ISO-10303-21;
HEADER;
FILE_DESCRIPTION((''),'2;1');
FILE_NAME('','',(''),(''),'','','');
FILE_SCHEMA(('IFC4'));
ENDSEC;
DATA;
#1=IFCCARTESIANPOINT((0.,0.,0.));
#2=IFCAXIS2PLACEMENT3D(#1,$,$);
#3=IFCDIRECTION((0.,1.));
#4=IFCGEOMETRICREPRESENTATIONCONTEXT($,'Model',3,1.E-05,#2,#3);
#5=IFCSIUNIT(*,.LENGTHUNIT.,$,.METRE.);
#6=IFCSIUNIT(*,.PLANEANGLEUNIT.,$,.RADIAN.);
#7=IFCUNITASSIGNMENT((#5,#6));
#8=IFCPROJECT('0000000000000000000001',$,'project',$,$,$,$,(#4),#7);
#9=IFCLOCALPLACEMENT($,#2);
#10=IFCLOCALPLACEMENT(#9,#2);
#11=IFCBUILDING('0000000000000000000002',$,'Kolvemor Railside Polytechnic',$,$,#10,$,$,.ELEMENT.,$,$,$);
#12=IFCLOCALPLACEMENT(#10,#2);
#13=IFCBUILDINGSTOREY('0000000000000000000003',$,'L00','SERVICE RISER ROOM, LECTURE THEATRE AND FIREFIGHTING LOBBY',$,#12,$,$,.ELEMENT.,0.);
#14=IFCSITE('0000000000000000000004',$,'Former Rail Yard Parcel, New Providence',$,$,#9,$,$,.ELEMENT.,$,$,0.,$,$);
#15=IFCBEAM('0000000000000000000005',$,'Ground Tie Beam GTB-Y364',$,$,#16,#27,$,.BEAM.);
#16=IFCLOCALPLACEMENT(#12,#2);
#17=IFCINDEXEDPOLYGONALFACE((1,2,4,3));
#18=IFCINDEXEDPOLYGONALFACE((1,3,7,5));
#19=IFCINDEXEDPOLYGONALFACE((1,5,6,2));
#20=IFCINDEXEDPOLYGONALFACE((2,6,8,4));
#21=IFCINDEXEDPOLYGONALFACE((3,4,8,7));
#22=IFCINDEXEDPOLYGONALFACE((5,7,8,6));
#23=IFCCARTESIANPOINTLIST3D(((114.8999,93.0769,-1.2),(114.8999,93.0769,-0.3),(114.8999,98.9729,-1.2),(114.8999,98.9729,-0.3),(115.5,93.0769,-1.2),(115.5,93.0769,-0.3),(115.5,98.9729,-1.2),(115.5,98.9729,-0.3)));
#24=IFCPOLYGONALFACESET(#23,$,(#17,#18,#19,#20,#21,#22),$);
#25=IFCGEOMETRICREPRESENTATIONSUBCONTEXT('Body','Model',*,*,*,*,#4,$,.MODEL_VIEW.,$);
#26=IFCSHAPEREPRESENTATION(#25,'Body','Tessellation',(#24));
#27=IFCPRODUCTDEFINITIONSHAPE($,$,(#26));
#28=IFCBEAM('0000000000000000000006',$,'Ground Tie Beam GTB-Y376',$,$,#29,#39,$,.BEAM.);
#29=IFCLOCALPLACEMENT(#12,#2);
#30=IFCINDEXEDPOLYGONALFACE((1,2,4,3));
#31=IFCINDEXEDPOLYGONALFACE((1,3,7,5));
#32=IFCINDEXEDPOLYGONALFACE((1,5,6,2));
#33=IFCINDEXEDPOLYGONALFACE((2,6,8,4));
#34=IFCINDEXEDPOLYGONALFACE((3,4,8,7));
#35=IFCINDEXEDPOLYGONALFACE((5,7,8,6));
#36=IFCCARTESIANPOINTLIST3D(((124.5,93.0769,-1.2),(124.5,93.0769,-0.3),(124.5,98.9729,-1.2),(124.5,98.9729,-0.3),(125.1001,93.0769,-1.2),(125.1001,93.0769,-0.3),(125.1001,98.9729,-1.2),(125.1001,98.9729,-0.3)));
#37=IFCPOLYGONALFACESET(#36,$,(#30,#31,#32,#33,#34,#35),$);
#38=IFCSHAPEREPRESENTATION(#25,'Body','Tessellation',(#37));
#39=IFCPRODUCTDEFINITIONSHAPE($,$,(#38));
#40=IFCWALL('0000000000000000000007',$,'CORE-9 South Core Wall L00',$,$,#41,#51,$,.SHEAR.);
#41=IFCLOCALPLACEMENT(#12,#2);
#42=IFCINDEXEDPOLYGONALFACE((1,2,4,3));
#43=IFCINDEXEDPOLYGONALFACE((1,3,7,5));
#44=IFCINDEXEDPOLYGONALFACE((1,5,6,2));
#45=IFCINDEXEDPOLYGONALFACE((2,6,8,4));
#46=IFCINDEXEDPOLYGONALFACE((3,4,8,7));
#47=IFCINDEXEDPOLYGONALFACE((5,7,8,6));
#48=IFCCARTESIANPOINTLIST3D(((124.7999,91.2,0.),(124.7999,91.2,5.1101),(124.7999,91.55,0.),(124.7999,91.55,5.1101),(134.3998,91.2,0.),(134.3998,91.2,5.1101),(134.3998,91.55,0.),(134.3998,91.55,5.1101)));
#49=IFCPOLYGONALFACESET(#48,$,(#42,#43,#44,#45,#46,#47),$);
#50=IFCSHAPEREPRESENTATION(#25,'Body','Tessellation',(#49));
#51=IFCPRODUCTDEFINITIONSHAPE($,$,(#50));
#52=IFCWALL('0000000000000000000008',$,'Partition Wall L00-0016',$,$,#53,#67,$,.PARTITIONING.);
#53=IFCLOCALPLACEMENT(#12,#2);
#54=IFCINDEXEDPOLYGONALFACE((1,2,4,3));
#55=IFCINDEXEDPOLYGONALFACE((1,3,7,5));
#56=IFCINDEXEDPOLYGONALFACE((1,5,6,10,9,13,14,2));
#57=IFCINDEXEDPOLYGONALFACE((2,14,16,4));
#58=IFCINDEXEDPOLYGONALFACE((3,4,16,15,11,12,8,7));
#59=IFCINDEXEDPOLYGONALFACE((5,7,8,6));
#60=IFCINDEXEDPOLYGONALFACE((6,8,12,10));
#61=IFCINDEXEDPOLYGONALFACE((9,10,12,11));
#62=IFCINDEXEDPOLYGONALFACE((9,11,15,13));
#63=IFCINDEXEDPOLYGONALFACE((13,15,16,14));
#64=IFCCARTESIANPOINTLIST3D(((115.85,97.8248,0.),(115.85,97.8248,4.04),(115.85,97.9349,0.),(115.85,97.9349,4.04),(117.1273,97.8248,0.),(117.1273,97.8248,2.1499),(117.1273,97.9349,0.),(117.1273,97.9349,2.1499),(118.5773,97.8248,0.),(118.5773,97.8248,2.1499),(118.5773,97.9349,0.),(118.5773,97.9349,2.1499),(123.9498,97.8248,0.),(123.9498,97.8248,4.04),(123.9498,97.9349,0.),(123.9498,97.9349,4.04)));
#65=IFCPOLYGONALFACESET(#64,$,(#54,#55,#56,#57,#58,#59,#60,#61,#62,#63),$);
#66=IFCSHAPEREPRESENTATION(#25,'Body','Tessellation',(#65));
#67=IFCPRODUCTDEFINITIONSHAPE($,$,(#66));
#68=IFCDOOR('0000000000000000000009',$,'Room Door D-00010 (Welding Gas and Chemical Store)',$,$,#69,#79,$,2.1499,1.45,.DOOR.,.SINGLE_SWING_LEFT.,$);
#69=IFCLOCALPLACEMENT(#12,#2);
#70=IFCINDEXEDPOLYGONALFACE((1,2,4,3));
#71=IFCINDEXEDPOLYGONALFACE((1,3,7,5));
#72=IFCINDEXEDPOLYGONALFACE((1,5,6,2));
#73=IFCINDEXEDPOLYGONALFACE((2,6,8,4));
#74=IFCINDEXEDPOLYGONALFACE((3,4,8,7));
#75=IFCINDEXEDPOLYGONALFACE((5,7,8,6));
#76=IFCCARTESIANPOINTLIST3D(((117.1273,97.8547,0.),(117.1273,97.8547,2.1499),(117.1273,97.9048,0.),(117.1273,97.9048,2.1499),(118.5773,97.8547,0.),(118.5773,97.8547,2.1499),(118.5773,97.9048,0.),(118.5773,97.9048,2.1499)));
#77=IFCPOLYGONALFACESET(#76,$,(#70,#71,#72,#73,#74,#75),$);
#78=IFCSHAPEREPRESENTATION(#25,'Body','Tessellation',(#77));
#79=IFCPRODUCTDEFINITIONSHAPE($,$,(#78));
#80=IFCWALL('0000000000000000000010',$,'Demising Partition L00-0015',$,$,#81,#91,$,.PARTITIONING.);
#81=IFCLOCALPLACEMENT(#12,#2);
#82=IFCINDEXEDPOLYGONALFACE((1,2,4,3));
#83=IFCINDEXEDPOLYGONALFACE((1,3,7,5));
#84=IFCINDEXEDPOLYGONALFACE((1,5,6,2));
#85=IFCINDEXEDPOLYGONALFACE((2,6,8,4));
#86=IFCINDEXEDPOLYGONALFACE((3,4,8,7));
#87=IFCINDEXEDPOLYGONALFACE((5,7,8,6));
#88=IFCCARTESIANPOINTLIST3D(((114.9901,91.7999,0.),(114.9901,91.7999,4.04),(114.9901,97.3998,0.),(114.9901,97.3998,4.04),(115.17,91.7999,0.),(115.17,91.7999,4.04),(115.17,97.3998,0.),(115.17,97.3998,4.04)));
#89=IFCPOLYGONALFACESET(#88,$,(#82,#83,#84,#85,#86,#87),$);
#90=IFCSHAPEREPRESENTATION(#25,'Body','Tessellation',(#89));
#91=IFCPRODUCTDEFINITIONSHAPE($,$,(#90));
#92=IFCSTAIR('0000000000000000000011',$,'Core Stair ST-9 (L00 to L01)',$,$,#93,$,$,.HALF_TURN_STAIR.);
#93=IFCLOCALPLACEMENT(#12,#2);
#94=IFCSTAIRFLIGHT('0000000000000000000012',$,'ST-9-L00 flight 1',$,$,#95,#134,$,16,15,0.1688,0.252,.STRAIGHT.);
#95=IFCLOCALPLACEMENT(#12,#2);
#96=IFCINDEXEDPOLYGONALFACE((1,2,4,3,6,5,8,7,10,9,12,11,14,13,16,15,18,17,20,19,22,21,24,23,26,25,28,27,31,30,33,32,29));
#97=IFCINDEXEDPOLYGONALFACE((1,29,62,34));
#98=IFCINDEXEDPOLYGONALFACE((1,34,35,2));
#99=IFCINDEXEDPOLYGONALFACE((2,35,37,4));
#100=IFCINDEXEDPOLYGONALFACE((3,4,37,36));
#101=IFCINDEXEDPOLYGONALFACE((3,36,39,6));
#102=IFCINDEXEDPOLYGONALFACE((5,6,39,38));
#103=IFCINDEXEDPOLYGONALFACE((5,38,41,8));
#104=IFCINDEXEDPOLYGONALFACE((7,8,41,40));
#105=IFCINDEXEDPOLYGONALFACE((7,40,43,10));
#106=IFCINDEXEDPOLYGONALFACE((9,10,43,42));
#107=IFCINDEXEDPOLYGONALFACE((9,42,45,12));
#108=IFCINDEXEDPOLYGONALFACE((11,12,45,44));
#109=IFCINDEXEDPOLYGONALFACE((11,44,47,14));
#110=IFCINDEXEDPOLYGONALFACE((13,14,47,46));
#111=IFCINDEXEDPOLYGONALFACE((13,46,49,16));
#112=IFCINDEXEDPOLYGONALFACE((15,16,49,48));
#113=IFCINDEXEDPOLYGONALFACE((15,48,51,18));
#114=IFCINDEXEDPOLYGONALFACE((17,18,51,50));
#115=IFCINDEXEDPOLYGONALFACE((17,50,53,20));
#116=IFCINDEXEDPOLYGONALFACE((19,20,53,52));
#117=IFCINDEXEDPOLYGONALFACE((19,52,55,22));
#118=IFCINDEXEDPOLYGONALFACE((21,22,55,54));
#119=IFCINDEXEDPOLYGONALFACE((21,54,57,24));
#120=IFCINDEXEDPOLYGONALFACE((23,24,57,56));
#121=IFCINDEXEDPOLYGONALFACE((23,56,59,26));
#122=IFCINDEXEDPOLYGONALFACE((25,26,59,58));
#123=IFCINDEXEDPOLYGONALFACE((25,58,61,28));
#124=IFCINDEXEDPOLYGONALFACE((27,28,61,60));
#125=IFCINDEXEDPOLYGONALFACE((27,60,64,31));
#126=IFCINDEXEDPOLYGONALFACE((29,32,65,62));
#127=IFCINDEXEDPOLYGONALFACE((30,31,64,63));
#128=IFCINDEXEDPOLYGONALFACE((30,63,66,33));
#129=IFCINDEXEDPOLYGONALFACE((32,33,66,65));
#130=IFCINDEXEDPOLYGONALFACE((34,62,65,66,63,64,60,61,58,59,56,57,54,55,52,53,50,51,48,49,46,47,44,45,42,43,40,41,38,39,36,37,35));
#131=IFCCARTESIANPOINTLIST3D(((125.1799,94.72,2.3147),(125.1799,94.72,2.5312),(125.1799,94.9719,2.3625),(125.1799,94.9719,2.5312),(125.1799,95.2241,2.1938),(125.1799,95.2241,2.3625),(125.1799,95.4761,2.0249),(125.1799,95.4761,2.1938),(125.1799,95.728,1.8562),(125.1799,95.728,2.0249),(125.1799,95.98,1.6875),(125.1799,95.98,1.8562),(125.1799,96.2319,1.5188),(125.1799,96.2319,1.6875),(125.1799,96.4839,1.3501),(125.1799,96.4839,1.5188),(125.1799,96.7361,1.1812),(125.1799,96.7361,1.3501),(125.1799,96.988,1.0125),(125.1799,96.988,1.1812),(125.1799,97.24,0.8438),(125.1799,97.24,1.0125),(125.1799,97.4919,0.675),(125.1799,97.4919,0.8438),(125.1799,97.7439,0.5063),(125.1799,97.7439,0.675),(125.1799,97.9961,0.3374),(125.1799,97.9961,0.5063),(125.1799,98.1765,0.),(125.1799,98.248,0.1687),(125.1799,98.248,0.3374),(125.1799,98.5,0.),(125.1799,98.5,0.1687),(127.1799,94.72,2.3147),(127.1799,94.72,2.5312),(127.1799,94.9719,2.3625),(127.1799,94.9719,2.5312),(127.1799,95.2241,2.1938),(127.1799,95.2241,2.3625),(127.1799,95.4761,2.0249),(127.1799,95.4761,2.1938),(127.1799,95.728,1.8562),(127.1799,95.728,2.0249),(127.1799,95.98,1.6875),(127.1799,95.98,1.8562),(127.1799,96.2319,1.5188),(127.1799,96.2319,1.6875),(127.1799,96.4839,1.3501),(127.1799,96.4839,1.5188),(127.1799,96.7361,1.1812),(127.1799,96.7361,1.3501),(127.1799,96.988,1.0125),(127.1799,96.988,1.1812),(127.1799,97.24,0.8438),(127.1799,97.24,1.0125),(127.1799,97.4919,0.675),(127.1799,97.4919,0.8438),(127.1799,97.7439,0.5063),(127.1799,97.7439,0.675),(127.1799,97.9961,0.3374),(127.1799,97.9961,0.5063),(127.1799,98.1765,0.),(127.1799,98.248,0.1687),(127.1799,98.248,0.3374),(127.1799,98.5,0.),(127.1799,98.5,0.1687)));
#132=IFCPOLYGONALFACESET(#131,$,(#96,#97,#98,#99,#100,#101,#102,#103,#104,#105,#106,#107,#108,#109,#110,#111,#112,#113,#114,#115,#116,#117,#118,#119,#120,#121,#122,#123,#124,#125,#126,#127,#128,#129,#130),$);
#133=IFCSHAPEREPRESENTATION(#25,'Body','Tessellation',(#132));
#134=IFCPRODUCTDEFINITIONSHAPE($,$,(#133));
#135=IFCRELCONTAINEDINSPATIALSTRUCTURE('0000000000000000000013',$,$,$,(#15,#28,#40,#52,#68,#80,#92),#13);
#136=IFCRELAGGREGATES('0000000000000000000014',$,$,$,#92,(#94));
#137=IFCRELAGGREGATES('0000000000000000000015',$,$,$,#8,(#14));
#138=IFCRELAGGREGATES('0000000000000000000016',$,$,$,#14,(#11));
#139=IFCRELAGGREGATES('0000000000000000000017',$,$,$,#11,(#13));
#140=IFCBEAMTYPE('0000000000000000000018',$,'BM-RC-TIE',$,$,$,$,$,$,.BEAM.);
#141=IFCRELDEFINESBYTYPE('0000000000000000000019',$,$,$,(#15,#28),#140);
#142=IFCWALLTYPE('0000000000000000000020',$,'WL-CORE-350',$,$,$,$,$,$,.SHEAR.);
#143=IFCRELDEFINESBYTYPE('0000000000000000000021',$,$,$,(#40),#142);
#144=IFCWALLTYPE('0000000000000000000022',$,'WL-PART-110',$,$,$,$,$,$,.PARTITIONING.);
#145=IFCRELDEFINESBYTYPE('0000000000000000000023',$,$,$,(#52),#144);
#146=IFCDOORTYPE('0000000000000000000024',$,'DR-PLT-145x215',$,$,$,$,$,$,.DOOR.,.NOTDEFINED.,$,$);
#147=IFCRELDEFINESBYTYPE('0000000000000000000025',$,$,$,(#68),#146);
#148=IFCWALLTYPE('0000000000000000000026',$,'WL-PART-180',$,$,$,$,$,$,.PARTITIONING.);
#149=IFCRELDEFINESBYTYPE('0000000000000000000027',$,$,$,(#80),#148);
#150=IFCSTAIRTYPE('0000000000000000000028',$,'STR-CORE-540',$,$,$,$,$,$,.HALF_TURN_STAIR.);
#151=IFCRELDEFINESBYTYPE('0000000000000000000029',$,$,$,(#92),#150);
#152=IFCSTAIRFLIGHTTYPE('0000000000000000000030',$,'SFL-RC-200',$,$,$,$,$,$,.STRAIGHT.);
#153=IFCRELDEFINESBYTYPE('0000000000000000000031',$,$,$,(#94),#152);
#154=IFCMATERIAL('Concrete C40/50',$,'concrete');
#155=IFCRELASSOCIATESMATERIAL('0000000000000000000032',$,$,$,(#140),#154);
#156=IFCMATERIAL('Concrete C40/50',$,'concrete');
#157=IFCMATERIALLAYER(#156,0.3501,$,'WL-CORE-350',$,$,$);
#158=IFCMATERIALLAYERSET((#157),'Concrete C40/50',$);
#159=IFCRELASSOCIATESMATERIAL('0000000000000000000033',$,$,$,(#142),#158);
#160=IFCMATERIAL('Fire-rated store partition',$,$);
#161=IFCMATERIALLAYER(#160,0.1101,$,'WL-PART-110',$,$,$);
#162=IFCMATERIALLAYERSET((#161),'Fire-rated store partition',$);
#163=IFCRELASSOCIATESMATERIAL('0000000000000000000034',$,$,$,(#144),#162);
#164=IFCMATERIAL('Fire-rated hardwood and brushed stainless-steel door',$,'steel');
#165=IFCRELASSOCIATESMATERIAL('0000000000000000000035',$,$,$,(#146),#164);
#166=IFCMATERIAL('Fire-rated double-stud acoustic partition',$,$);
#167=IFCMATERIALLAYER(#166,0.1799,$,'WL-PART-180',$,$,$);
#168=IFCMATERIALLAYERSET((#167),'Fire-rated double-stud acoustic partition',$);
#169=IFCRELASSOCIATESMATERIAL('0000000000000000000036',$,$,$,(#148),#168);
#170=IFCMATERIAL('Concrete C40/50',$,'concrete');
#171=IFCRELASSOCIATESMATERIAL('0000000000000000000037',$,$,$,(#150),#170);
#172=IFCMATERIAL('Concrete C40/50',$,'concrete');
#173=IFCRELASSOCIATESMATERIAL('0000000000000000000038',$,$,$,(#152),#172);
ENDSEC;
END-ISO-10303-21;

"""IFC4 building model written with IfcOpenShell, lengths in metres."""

from ifc_helpers import new_model, si_unit, direction, frame, frame_2d, origin, origin_2d, place, context, subcontext, project, spatial, polyline, rectangle, outline, extrude, material, layer, layer_set, material_profile, profile_set, type_object, element, fill, aggregate, save


model = new_model("IFC4")

# Units and contexts
model_context = context("Model", 3, precision=1e-05, world=origin(), true_north=direction((0.0, 1.0)))
body_context = subcontext(model_context, "Body", "Model", "MODEL_VIEW")
ifc_project = project(units=[si_unit("LENGTHUNIT", "METRE"), si_unit("PLANEANGLEUNIT", "RADIAN")], contexts=[model_context])

# Site, building, storey
site_placement = place(None, origin())
site = spatial("IfcSite", under=ifc_project, at=site_placement, Name="Former Rail Yard Parcel, New Providence", CompositionType="ELEMENT", RefElevation=0.0)
building_placement = place(site_placement, origin())
building = spatial("IfcBuilding", under=site, at=building_placement, Name="Kolvemor Railside Polytechnic", CompositionType="ELEMENT")
storey_placement = place(building_placement, origin())
storey = spatial("IfcBuildingStorey", under=building, at=storey_placement, Name="L00", Description="SERVICE RISER ROOM, LECTURE THEATRE AND FIREFIGHTING LOBBY", CompositionType="ELEMENT", Elevation=0.0)

# Beams
ifc_material_1 = material(Name="Concrete C40/50", Category="concrete")
ifc_material_profile_1 = material_profile(ifc_material_1, rectangle(XDim=0.6001, YDim=0.8999, at=origin_2d()), Name="RC600x900")
ifc_profile_set_1 = profile_set([ifc_material_profile_1], Name="Concrete C40/50")
beam_type_1 = type_object("IfcBeamType", Name="BM-RC-TIE", PredefinedType="BEAM", material=ifc_profile_set_1)
for number, where, z_axis, x_axis, name in (
    (1, (115.2, 93.0769, -0.75), (0.0, 1.0, 0.0), (-1.0, 0.0, 0.0), "Ground Tie Beam GTB-Y364"),
    (2, (124.8, 93.0769, -0.75), (0.0, 1.0, 0.0), (-1.0, 0.0, 0.0), "Ground Tie Beam GTB-Y376"),
):
    element("IfcBeam", number, at=place(storey_placement, frame(where, z_axis=z_axis, x_axis=x_axis)), inside=storey, type_object=beam_type_1, Name=name, PredefinedType="BEAM", context=body_context, shape_type="SweptSolid", body=[
        extrude(rectangle(XDim=0.6001, YDim=0.8999, at=origin_2d()), origin(), (0.0, 0.0, 1.0), 5.896),
    ])

# Wall
ifc_material_2 = material(Name="Concrete C40/50", Category="concrete")
ifc_layer_1 = layer(ifc_material_2, 0.3501, Name="WL-CORE-350")
ifc_layer_set_1 = layer_set([ifc_layer_1], Name="Concrete C40/50")
wall_type_1 = type_object("IfcWallType", Name="WL-CORE-350", PredefinedType="SHEAR", material=ifc_layer_set_1)
wall_1_placement = place(storey_placement, frame((124.8, 91.375, 0.0), z_axis=(0.0, 0.0, 1.0), x_axis=(1.0, 0.0, 0.0)))
element("IfcWall", 3, at=wall_1_placement, inside=storey, type_object=wall_type_1, Name="CORE-9 South Core Wall L00", PredefinedType="SHEAR", context=body_context, shape_type="SweptSolid", body=[
    extrude(rectangle(XDim=9.5999, YDim=0.3501, at=frame_2d((4.7998, 0.0))), origin(), (0.0, 0.0, 1.0), 5.1101),
])

# Wall, opening, door
ifc_material_3 = material(Name="Fire-rated store partition")
ifc_layer_2 = layer(ifc_material_3, 0.1101, Name="WL-PART-110")
ifc_layer_set_2 = layer_set([ifc_layer_2], Name="Fire-rated store partition")
wall_type_2 = type_object("IfcWallType", Name="WL-PART-110", PredefinedType="PARTITIONING", material=ifc_layer_set_2)
wall_2_placement = place(storey_placement, frame((115.8501, 97.8799, 0.0), z_axis=(0.0, 0.0, 1.0), x_axis=(1.0, 0.0, 0.0)))
wall_2 = element("IfcWall", 4, at=wall_2_placement, inside=storey, type_object=wall_type_2, Name="Partition Wall L00-0016", PredefinedType="PARTITIONING", context=body_context, shape_type="SweptSolid", body=[
    extrude(rectangle(XDim=8.0999, YDim=0.1101, at=frame_2d((4.0498, 0.0))), origin(), (0.0, 0.0, 1.0), 4.04),
])
opening_placement = place(wall_2_placement, frame((1.2771, 0.0, 0.0)))
opening = element("IfcOpeningElement", 5, at=opening_placement, cuts=wall_2, PredefinedType="OPENING", context=body_context, shape_type="SweptSolid", body=[
    extrude(rectangle(XDim=1.45, YDim=2.1499, at=frame_2d((0.7251, 1.075))), frame((0.0, 0.0649, 0.0), z_axis=(0.0, -1.0, 0.0), x_axis=(1.0, 0.0, 0.0)), (0.0, 0.0, 1.0), 0.1301),
])
ifc_material_4 = material(Name="Fire-rated hardwood and brushed stainless-steel door", Category="steel")
door_type = type_object("IfcDoorType", Name="DR-PLT-145x215", OperationType="NOTDEFINED", PredefinedType="DOOR", material=ifc_material_4)
door_placement = place(opening_placement, origin())
door = element("IfcDoor", 6, at=door_placement, inside=storey, type_object=door_type, Name="Room Door D-00010 (Welding Gas and Chemical Store)", OperationType="SINGLE_SWING_LEFT", OverallHeight=2.1499, OverallWidth=1.45, PredefinedType="DOOR", context=body_context, shape_type="SweptSolid", body=[
    extrude(rectangle(XDim=1.45, YDim=2.1499, at=frame_2d((0.7251, 1.075))), frame((0.0, 0.0249, 0.0), z_axis=(0.0, -1.0, 0.0), x_axis=(1.0, 0.0, 0.0)), (0.0, 0.0, 1.0), 0.05),
])
fill(opening, door)

# Wall
ifc_material_5 = material(Name="Fire-rated double-stud acoustic partition")
ifc_layer_3 = layer(ifc_material_5, 0.1799, Name="WL-PART-180")
ifc_layer_set_3 = layer_set([ifc_layer_3], Name="Fire-rated double-stud acoustic partition")
wall_type_3 = type_object("IfcWallType", Name="WL-PART-180", PredefinedType="PARTITIONING", material=ifc_layer_set_3)
wall_3_placement = place(storey_placement, frame((115.0801, 91.8, 0.0), z_axis=(0.0, 0.0, 1.0), x_axis=(0.0, 1.0, 0.0)))
element("IfcWall", 7, at=wall_3_placement, inside=storey, type_object=wall_type_3, Name="Demising Partition L00-0015", PredefinedType="PARTITIONING", context=body_context, shape_type="SweptSolid", body=[
    extrude(rectangle(XDim=5.5999, YDim=0.1799, at=frame_2d((2.7998, 0.0))), origin(), (0.0, 0.0, 1.0), 4.04),
])

# Stair, stair flight
ifc_material_6 = material(Name="Concrete C40/50", Category="concrete")
stair_type = type_object("IfcStairType", Name="STR-CORE-540", PredefinedType="HALF_TURN_STAIR", material=ifc_material_6)
stair_placement = place(storey_placement, origin())
stair = element("IfcStair", 8, at=stair_placement, inside=storey, type_object=stair_type, Name="Core Stair ST-9 (L00 to L01)", PredefinedType="HALF_TURN_STAIR")
ifc_material_7 = material(Name="Concrete C40/50", Category="concrete")
stair_flight_type = type_object("IfcStairFlightType", Name="SFL-RC-200", PredefinedType="STRAIGHT", material=ifc_material_7)
stair_flight_placement = place(storey_placement, frame((126.1799, 98.5, 0.0), z_axis=(0.0, 0.0, 1.0), x_axis=(0.0, -1.0, 0.0)))
stair_flight = element("IfcStairFlight", 9, at=stair_flight_placement, type_object=stair_flight_type, Name="ST-9-L00 flight 1", NumberOfRisers=16, NumberOfTreads=15, PredefinedType="STRAIGHT", RiserHeight=0.1688, TreadLength=0.252, context=body_context, shape_type="SweptSolid", body=[
    extrude(outline(polyline([(0.0, 0.0), (0.0, 0.1687), (0.252, 0.1687), (0.252, 0.3374), (0.5039, 0.3374), (0.5039, 0.5063), (0.7561, 0.5063), (0.7561, 0.675), (1.0081, 0.675), (1.0081, 0.8438), (1.26, 0.8438), (1.26, 1.0125), (1.512, 1.0125), (1.512, 1.1812), (1.7639, 1.1812), (1.7639, 1.3501), (2.0161, 1.3501), (2.0161, 1.5188), (2.2681, 1.5188), (2.2681, 1.6875), (2.52, 1.6875), (2.52, 1.8562), (2.772, 1.8562), (2.772, 2.0249), (3.0239, 2.0249), (3.0239, 2.1938), (3.2759, 2.1938), (3.2759, 2.3625), (3.5281, 2.3625), (3.5281, 2.5312), (3.78, 2.5312), (3.78, 2.7), (3.78, 2.3147), (0.3235, 0.0), (0.0, 0.0)])), frame((0.0, 1.0, 0.0), z_axis=(0.0, -1.0, 0.0), x_axis=(1.0, 0.0, 0.0)), (0.0, 0.0, 1.0), 2.0),
])
aggregate(stair, [stair_flight])

save(model, "model.ifc")
